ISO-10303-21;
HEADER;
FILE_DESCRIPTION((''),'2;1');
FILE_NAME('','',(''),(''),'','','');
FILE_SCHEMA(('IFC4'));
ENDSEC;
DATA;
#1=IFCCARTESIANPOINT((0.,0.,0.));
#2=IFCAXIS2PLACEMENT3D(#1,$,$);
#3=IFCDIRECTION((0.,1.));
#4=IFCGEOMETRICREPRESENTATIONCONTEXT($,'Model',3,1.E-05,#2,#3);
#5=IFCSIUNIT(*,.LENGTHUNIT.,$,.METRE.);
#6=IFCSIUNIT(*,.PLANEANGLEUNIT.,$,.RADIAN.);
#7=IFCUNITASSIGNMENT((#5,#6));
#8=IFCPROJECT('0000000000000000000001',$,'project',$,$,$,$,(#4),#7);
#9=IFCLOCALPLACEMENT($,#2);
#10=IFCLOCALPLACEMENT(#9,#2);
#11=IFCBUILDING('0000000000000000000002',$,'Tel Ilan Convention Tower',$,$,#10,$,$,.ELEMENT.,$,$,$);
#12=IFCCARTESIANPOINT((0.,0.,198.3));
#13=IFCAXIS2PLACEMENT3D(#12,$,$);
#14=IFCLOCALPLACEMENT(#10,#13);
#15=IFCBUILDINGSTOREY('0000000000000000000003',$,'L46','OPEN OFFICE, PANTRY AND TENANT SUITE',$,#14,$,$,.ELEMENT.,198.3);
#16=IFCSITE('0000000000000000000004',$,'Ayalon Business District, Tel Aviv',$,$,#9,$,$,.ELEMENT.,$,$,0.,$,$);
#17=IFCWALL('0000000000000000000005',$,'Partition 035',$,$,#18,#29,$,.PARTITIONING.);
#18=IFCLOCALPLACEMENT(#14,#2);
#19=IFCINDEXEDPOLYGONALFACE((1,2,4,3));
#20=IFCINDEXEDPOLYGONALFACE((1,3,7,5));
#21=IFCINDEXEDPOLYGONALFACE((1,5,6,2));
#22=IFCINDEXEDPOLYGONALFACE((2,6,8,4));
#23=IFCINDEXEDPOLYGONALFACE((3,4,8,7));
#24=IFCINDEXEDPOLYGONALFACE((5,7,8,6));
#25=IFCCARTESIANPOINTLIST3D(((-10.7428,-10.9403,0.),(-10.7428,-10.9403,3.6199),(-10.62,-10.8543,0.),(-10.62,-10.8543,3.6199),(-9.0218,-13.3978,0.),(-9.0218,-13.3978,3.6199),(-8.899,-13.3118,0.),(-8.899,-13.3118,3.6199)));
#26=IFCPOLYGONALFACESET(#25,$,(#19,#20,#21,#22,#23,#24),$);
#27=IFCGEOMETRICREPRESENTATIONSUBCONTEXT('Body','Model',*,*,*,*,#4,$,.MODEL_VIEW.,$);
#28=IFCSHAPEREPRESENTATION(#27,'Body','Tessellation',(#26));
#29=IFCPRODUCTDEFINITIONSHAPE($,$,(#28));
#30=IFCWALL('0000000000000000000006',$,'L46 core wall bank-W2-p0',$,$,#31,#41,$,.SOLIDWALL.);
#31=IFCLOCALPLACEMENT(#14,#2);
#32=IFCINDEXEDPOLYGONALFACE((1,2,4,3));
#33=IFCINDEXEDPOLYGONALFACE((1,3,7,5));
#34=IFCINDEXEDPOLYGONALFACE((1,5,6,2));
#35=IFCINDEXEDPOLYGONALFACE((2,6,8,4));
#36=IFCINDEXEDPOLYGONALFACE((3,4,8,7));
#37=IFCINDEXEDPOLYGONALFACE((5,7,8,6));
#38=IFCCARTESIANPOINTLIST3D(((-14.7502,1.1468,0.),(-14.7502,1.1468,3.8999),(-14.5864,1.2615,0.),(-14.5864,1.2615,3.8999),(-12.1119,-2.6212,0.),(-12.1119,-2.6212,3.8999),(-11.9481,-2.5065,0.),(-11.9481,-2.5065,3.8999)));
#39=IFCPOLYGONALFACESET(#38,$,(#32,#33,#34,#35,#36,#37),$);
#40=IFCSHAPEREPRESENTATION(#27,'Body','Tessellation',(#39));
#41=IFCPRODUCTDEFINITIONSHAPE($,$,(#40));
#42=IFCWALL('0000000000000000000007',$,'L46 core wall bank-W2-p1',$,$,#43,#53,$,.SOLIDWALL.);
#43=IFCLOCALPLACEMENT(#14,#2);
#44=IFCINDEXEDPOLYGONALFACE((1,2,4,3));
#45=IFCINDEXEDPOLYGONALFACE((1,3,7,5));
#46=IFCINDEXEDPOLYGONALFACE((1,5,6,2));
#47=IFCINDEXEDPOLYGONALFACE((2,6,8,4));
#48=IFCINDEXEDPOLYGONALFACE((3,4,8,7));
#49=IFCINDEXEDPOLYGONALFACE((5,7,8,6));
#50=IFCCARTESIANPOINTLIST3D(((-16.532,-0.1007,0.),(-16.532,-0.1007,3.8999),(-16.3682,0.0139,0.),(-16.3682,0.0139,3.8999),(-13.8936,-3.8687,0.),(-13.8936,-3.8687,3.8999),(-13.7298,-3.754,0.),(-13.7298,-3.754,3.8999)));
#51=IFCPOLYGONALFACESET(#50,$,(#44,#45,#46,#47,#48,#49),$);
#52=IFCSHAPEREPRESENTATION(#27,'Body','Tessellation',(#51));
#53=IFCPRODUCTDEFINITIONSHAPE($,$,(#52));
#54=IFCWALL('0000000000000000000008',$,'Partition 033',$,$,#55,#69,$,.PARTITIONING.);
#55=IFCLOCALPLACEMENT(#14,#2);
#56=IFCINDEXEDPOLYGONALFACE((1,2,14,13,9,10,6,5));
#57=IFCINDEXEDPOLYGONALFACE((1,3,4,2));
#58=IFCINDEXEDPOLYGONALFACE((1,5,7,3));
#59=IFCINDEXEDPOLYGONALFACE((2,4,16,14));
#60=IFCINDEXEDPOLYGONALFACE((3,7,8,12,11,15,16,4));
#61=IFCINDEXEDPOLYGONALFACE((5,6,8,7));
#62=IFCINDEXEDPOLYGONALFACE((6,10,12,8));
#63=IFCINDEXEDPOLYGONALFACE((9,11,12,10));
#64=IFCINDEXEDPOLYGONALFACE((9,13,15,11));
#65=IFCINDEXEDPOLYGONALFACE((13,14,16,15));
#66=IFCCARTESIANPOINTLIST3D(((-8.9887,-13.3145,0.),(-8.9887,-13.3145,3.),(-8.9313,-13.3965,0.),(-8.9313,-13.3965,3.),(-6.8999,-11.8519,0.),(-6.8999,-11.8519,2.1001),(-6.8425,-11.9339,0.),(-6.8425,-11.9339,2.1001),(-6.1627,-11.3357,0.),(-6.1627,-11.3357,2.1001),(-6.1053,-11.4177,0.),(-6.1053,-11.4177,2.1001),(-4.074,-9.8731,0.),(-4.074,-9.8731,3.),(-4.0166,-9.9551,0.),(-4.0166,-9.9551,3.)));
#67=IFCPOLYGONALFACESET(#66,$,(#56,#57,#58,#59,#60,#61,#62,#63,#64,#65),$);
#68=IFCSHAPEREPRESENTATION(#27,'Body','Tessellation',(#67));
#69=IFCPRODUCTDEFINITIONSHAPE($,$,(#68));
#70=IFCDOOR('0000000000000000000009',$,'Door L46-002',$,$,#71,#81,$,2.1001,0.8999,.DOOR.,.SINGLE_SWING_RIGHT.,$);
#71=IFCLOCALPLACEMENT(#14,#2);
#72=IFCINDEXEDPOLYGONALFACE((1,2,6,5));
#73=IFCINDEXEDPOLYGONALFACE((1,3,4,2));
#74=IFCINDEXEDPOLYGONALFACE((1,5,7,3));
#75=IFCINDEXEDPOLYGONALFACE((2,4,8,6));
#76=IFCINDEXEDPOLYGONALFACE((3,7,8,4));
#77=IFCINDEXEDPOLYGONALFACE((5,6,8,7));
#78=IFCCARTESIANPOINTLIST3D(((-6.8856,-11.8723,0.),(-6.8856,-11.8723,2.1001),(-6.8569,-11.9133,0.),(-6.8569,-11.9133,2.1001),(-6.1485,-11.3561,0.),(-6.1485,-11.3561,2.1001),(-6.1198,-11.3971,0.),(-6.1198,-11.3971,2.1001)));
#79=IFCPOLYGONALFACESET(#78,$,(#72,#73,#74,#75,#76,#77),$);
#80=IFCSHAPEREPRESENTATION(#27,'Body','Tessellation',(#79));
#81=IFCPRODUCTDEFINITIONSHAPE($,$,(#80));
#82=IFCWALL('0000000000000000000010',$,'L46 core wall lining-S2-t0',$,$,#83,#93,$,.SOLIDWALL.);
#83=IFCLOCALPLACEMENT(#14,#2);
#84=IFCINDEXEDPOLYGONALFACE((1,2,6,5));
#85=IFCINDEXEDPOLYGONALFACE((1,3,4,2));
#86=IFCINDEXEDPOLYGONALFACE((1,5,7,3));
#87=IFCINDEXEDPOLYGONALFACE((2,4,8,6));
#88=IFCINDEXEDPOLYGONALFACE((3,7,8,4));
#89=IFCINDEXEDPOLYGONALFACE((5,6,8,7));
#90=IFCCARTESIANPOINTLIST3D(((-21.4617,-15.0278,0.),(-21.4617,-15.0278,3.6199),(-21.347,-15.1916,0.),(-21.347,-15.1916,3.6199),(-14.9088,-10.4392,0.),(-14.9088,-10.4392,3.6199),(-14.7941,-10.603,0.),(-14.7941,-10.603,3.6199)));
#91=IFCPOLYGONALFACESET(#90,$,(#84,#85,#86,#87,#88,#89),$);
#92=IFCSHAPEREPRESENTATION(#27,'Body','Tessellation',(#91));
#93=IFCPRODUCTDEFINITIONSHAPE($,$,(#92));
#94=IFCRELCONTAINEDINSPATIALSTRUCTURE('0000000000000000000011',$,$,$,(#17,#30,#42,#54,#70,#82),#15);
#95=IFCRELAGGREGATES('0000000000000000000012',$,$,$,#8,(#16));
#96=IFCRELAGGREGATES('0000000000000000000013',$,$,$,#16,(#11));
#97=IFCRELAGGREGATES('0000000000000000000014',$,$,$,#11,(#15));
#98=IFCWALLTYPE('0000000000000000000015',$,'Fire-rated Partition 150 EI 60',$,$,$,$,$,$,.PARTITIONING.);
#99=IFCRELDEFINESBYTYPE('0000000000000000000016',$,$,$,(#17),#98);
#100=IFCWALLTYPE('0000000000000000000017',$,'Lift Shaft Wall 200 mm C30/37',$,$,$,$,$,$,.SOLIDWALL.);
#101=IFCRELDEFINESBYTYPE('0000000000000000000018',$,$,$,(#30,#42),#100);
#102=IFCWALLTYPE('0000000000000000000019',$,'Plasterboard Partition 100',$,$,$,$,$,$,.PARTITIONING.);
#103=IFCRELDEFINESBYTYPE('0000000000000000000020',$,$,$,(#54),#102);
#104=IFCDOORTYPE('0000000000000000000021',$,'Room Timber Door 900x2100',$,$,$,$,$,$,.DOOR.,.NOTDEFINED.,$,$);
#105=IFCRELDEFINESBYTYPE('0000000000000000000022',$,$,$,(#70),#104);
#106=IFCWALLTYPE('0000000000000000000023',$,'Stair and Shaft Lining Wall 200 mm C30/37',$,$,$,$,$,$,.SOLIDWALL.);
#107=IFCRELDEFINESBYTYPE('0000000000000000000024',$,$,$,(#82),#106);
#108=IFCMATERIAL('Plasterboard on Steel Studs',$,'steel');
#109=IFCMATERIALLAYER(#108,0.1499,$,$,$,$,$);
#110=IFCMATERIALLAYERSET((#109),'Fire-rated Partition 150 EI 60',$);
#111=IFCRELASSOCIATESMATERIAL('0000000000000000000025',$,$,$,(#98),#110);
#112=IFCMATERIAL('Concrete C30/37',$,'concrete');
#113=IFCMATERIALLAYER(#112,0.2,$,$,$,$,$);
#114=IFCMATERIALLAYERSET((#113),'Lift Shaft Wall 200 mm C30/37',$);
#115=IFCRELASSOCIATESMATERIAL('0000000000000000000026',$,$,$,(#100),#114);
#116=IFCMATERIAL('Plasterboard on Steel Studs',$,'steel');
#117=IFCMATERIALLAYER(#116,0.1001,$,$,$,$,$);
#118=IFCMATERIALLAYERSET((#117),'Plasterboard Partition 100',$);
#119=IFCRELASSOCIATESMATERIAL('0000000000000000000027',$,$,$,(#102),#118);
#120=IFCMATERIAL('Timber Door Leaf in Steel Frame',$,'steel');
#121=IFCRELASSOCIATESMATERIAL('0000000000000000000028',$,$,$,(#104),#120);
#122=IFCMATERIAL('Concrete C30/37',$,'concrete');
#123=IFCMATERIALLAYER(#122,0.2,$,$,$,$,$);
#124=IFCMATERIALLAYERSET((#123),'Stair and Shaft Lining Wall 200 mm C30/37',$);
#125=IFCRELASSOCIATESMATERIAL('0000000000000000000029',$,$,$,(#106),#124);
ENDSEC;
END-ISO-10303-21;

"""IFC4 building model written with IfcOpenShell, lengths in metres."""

from ifc_helpers import new_model, si_unit, direction, frame, frame_2d, origin, place, context, subcontext, project, spatial, rectangle, extrude, material, layer, layer_set, type_object, element, fill, save


model = new_model("IFC4")

# Units and contexts
model_context = context("Model", 3, precision=1e-05, world=origin(), true_north=direction((0.0, 1.0)))
body_context = subcontext(model_context, "Body", "Model", "MODEL_VIEW")
ifc_project = project(units=[si_unit("LENGTHUNIT", "METRE"), si_unit("PLANEANGLEUNIT", "RADIAN")], contexts=[model_context])

# Site, building, storey
site_placement = place(None, origin())
site = spatial("IfcSite", under=ifc_project, at=site_placement, Name="Ayalon Business District, Tel Aviv", CompositionType="ELEMENT", RefElevation=0.0)
building_placement = place(site_placement, origin())
building = spatial("IfcBuilding", under=site, at=building_placement, Name="Tel Ilan Convention Tower", CompositionType="ELEMENT")
storey_placement = place(building_placement, frame((0.0, 0.0, 198.3)))
storey = spatial("IfcBuildingStorey", under=building, at=storey_placement, Name="L46", Description="OPEN OFFICE, PANTRY AND TENANT SUITE", CompositionType="ELEMENT", Elevation=198.3)

# Shared definitions
ifc_material_1 = material(Name="Plasterboard on Steel Studs", Category="steel")
ifc_layer_1 = layer(ifc_material_1, 0.1499)
ifc_layer_set_1 = layer_set([ifc_layer_1], Name="Fire-rated Partition 150 EI 60")
wall_type_1 = type_object("IfcWallType", Name="Fire-rated Partition 150 EI 60", PredefinedType="PARTITIONING", material=ifc_layer_set_1)

# Walls
wall_1_placement = place(storey_placement, frame((-8.9604, -13.3547, 0.0), z_axis=(0.0, 0.0, 1.0), x_axis=(-0.573615, 0.819125, 0.0)))
element("IfcWall", 1, at=wall_1_placement, inside=storey, type_object=wall_type_1, Name="Partition 035", PredefinedType="PARTITIONING", context=body_context, shape_type="SweptSolid", body=[
    extrude(rectangle(XDim=3.0002, YDim=0.1499, at=frame_2d((1.5, 0.0))), origin(), (0.0, 0.0, 1.0), 3.6199),
])
ifc_material_2 = material(Name="Concrete C30/37", Category="concrete")
ifc_layer_2 = layer(ifc_material_2, 0.2)
ifc_layer_set_2 = layer_set([ifc_layer_2], Name="Lift Shaft Wall 200 mm C30/37")
wall_type_2 = type_object("IfcWallType", Name="Lift Shaft Wall 200 mm C30/37", PredefinedType="SOLIDWALL", material=ifc_layer_set_2)
for number, where, z_axis, x_axis, name in (
    (2, (-12.03, -2.5637, 0.0), (0.0, 0.0, 1.0), (-0.573576, 0.819152, 0.0), "L46 core wall bank-W2-p0"),
    (3, (-13.8118, -3.8113, 0.0), (0.0, 0.0, 1.0), (-0.573576, 0.819152, 0.0), "L46 core wall bank-W2-p1"),
):
    element("IfcWall", number, at=place(storey_placement, frame(where, z_axis=z_axis, x_axis=x_axis)), inside=storey, type_object=wall_type_2, Name=name, PredefinedType="SOLIDWALL", context=body_context, shape_type="SweptSolid", body=[
        extrude(rectangle(XDim=4.5999, YDim=0.2, at=frame_2d((2.2998, 0.0))), origin(), (0.0, 0.0, 1.0), 3.8999),
    ])

# Wall, opening, door
ifc_material_3 = material(Name="Plasterboard on Steel Studs", Category="steel")
ifc_layer_3 = layer(ifc_material_3, 0.1001)
ifc_layer_set_3 = layer_set([ifc_layer_3], Name="Plasterboard Partition 100")
wall_type_3 = type_object("IfcWallType", Name="Plasterboard Partition 100", PredefinedType="PARTITIONING", material=ifc_layer_set_3)
wall_2_placement = place(storey_placement, frame((-4.0452, -9.9141, 0.0), z_axis=(0.0, 0.0, 1.0), x_axis=(-0.81915, -0.57358, 0.0)))
wall_2 = element("IfcWall", 4, at=wall_2_placement, inside=storey, type_object=wall_type_3, Name="Partition 033", PredefinedType="PARTITIONING", context=body_context, shape_type="SweptSolid", body=[
    extrude(rectangle(XDim=5.9998, YDim=0.1001, at=frame_2d((3.0, 0.0))), origin(), (0.0, 0.0, 1.0), 3.0),
])
opening_1_placement = place(wall_2_placement, frame((2.55, 0.0, 0.0)))
opening_1 = element("IfcOpeningElement", 5, at=opening_1_placement, cuts=wall_2, PredefinedType="OPENING", context=body_context, shape_type="SweptSolid", body=[
    extrude(rectangle(XDim=0.8999, YDim=2.1001, at=frame_2d((0.45, 1.05))), frame((0.0, 0.0601, 0.0), z_axis=(0.0, -1.0, 0.0), x_axis=(1.0, 0.0, 0.0)), (0.0, 0.0, 1.0), 0.1201),
])
ifc_material_4 = material(Name="Timber Door Leaf in Steel Frame", Category="steel")
door_type_1 = type_object("IfcDoorType", Name="Room Timber Door 900x2100", OperationType="NOTDEFINED", PredefinedType="DOOR", material=ifc_material_4)
door_1_placement = place(opening_1_placement, origin())
door_1 = element("IfcDoor", 6, at=door_1_placement, inside=storey, type_object=door_type_1, Name="Door L46-002", OperationType="SINGLE_SWING_RIGHT", OverallHeight=2.1001, OverallWidth=0.8999, PredefinedType="DOOR", context=body_context, shape_type="SweptSolid", body=[
    extrude(rectangle(XDim=0.8999, YDim=2.1001, at=frame_2d((0.45, 1.05))), frame((0.0, 0.0249, 0.0), z_axis=(0.0, -1.0, 0.0), x_axis=(1.0, 0.0, 0.0)), (0.0, 0.0, 1.0), 0.05),
])
fill(opening_1, door_1)

# Wall
ifc_material_5 = material(Name="Concrete C30/37", Category="concrete")
ifc_layer_4 = layer(ifc_material_5, 0.2)
ifc_layer_set_4 = layer_set([ifc_layer_4], Name="Stair and Shaft Lining Wall 200 mm C30/37")
wall_type_4 = type_object("IfcWallType", Name="Stair and Shaft Lining Wall 200 mm C30/37", PredefinedType="SOLIDWALL", material=ifc_layer_set_4)
wall_3_placement = place(storey_placement, frame((-14.8513, -10.521, 0.0), z_axis=(0.0, 0.0, 1.0), x_axis=(-0.819142, -0.573591, 0.0)))
element("IfcWall", 7, at=wall_3_placement, inside=storey, type_object=wall_type_4, Name="L46 core wall lining-S2-t0", PredefinedType="SOLIDWALL", context=body_context, shape_type="SweptSolid", body=[
    extrude(rectangle(XDim=7.9998, YDim=0.2, at=frame_2d((4.0, 0.0))), origin(), (0.0, 0.0, 1.0), 3.6199),
])

save(model, "model.ifc")
